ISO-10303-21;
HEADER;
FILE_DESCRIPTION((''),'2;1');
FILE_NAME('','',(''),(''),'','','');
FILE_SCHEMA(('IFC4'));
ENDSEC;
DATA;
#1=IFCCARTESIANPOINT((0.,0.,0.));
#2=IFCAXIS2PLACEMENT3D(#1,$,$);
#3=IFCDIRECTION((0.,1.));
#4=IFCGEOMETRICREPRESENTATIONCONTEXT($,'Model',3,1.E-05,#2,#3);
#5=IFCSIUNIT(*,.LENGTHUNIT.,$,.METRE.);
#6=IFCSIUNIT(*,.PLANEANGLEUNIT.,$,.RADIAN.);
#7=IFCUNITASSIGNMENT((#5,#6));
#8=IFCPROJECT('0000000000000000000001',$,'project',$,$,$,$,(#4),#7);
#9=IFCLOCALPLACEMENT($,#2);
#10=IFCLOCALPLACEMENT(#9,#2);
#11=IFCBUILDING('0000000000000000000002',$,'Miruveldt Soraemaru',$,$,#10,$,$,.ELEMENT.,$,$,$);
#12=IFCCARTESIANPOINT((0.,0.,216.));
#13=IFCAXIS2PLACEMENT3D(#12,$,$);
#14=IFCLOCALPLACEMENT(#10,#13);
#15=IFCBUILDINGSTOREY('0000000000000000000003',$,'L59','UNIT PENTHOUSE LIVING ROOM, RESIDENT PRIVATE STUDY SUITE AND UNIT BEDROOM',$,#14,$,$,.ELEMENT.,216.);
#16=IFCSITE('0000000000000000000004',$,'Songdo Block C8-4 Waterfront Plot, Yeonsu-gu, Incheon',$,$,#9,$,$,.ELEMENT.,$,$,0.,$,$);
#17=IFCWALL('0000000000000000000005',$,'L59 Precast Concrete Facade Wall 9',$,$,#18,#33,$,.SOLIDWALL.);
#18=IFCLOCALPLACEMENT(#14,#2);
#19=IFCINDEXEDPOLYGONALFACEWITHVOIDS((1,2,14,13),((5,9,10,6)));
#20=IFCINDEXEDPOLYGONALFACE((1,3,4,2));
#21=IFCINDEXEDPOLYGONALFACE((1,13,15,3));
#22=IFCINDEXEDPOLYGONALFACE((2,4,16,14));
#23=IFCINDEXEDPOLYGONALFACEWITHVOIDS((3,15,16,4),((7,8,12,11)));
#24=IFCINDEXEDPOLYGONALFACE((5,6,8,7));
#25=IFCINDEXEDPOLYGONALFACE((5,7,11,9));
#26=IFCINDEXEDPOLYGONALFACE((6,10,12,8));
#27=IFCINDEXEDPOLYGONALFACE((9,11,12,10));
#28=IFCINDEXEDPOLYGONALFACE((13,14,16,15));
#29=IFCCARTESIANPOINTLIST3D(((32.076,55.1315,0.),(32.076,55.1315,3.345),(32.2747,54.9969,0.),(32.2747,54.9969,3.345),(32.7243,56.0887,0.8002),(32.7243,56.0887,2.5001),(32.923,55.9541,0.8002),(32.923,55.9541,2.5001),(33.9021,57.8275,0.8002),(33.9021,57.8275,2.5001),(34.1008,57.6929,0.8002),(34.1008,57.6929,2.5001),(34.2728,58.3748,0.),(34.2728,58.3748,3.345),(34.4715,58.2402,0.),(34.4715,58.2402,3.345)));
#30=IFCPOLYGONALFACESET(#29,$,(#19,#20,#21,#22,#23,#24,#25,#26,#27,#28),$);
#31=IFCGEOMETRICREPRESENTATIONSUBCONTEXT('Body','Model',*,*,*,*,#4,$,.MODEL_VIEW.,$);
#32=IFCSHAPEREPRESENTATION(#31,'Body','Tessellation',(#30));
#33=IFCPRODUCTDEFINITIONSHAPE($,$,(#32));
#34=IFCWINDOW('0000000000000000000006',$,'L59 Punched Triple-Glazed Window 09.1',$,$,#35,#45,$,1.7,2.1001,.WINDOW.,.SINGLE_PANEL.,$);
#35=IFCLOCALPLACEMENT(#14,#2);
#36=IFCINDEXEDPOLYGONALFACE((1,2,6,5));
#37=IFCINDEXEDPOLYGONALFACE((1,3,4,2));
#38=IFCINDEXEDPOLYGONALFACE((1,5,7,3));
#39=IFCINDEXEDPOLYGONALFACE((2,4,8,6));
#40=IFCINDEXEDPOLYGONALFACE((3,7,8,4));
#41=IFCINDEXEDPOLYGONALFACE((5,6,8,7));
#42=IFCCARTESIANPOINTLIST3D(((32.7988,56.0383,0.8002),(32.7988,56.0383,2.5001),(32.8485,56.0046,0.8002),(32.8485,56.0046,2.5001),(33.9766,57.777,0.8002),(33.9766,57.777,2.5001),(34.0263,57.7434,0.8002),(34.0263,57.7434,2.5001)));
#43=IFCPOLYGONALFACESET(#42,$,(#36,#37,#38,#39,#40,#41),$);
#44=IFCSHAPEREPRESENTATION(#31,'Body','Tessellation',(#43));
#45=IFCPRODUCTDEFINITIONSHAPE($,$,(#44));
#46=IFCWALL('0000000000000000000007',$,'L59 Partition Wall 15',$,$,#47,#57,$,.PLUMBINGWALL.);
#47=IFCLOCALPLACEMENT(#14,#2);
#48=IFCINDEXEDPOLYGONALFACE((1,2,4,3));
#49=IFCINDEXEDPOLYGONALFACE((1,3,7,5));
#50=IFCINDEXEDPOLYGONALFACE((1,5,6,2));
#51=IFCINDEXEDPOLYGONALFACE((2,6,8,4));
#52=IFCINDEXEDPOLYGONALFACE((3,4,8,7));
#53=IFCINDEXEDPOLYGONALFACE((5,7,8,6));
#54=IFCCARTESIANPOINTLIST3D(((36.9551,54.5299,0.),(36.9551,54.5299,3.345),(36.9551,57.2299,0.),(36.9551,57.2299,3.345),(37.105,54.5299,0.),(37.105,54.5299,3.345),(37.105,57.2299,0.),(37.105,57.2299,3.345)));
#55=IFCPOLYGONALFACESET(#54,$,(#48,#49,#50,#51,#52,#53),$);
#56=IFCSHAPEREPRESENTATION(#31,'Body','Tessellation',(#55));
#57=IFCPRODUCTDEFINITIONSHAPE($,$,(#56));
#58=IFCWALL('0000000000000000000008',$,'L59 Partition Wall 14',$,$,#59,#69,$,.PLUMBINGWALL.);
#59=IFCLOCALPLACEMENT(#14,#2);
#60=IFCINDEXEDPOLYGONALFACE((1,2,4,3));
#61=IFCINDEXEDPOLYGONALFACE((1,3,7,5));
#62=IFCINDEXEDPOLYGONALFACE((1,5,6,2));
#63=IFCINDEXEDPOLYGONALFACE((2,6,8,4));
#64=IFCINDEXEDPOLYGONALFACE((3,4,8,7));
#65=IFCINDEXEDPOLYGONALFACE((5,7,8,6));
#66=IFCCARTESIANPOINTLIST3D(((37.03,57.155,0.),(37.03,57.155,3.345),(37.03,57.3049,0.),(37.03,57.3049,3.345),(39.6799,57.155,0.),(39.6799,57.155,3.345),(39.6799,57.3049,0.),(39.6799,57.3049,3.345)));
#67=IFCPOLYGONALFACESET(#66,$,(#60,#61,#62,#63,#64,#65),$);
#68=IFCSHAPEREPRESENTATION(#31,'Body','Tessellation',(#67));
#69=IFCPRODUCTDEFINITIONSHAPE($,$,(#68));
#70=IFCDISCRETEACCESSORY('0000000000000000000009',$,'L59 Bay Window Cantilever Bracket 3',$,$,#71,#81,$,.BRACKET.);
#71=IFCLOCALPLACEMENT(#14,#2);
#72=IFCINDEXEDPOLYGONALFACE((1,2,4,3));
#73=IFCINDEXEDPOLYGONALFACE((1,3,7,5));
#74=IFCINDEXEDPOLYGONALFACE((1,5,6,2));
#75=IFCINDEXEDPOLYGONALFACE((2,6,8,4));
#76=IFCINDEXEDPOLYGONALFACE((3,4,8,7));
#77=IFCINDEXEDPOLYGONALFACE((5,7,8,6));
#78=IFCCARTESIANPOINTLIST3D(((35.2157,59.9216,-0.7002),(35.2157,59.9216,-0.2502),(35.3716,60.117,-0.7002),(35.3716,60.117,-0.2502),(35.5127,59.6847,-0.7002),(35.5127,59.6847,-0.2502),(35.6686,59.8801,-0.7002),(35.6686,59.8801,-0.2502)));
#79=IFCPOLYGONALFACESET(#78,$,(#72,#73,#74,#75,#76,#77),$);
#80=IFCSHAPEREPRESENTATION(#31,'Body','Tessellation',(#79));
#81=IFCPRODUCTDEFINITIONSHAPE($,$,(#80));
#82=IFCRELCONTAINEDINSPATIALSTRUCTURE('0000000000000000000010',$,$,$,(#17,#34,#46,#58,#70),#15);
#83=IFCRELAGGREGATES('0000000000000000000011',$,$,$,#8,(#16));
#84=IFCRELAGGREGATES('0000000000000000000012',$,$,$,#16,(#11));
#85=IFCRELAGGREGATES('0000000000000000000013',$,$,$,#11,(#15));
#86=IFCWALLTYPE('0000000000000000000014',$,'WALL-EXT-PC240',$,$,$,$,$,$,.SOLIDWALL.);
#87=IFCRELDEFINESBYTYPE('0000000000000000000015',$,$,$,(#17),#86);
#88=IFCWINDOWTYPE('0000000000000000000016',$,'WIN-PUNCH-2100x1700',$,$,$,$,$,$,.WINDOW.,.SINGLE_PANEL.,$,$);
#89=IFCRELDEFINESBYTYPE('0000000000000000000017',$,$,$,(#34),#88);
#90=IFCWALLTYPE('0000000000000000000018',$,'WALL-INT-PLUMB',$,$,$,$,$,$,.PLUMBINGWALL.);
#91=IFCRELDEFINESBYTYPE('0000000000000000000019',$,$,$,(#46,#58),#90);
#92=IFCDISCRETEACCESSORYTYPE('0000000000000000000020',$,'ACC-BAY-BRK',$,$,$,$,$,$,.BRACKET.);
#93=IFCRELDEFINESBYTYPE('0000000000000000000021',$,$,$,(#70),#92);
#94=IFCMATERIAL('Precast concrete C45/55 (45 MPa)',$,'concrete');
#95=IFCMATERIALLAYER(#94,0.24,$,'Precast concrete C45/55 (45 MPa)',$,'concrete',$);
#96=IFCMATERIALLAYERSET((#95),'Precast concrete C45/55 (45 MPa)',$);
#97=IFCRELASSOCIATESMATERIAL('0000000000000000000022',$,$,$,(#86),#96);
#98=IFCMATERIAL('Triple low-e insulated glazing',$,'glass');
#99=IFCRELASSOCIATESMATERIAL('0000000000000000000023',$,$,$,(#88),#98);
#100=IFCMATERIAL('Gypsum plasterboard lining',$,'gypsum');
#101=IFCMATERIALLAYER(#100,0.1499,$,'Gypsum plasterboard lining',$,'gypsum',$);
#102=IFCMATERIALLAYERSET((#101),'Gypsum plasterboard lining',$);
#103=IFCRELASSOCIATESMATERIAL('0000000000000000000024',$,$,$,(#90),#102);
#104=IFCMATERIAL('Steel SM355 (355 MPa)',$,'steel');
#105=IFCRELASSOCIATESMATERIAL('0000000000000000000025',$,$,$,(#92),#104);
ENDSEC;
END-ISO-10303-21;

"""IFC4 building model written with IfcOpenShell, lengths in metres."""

from ifc_helpers import new_model, si_unit, direction, frame, frame_2d, origin, origin_2d, place, context, subcontext, project, spatial, rectangle, extrude, material, layer, layer_set, type_object, element, fill, save


model = new_model("IFC4")

# Units and contexts
model_context = context("Model", 3, precision=1e-05, world=origin(), true_north=direction((0.0, 1.0)))
body_context = subcontext(model_context, "Body", "Model", "MODEL_VIEW")
ifc_project = project(units=[si_unit("LENGTHUNIT", "METRE"), si_unit("PLANEANGLEUNIT", "RADIAN")], contexts=[model_context])

# Site, building, storey
site_placement = place(None, origin())
site = spatial("IfcSite", under=ifc_project, at=site_placement, Name="Songdo Block C8-4 Waterfront Plot, Yeonsu-gu, Incheon", CompositionType="ELEMENT", RefElevation=0.0)
building_placement = place(site_placement, origin())
building = spatial("IfcBuilding", under=site, at=building_placement, Name="Miruveldt Soraemaru", CompositionType="ELEMENT")
storey_placement = place(building_placement, frame((0.0, 0.0, 216.0)))
storey = spatial("IfcBuildingStorey", under=building, at=storey_placement, Name="L59", Description="UNIT PENTHOUSE LIVING ROOM, RESIDENT PRIVATE STUDY SUITE AND UNIT BEDROOM", CompositionType="ELEMENT", Elevation=216.0)

# Shared definitions
ifc_material_1 = material(Name="Triple low-e insulated glazing", Category="glass")
ifc_material_2 = material(Name="Precast concrete C45/55 (45 MPa)", Category="concrete")
ifc_layer_1 = layer(ifc_material_2, 0.24, Name="Precast concrete C45/55 (45 MPa)", Category="concrete")
ifc_layer_set_1 = layer_set([ifc_layer_1], Name="Precast concrete C45/55 (45 MPa)")
wall_type_1 = type_object("IfcWallType", Name="WALL-EXT-PC240", PredefinedType="SOLIDWALL", material=ifc_layer_set_1)
window_type_1 = type_object("IfcWindowType", Name="WIN-PUNCH-2100x1700", PartitioningType="SINGLE_PANEL", PredefinedType="WINDOW", material=ifc_material_1)

# Wall, opening, window
wall_1_placement = place(storey_placement, frame((34.3721, 58.3074, 0.0), z_axis=(0.0, 0.0, 1.0), x_axis=(-0.560812, -0.827943, 0.0)))
wall_1 = element("IfcWall", 1, at=wall_1_placement, inside=storey, type_object=wall_type_1, Name="L59 Precast Concrete Facade Wall 9", PredefinedType="SOLIDWALL", context=body_context, shape_type="SweptSolid", body=[
    extrude(rectangle(XDim=3.9172, YDim=0.24, at=frame_2d((1.9585, 0.0))), origin(), (0.0, 0.0, 1.0), 3.345),
])
opening_1_placement = place(wall_1_placement, frame((0.6609, 0.0, 0.8)))
opening_1 = element("IfcOpeningElement", 2, at=opening_1_placement, cuts=wall_1, PredefinedType="OPENING", context=body_context, shape_type="SweptSolid", body=[
    extrude(rectangle(XDim=2.1001, YDim=1.7, at=frame_2d((1.05, 0.8501))), frame((0.0, 0.1299, 0.0), z_axis=(0.0, -1.0, 0.0), x_axis=(1.0, 0.0, 0.0)), (0.0, 0.0, 1.0), 0.26),
])
window_1_placement = place(opening_1_placement, origin())
window_1 = element("IfcWindow", 3, at=window_1_placement, inside=storey, type_object=window_type_1, Name="L59 Punched Triple-Glazed Window 09.1", OverallHeight=1.7, OverallWidth=2.1001, PartitioningType="SINGLE_PANEL", PredefinedType="WINDOW", context=body_context, shape_type="SweptSolid", body=[
    extrude(rectangle(XDim=2.1001, YDim=1.7, at=frame_2d((1.05, 0.8501))), frame((0.0, 0.03, 0.0), z_axis=(0.0, -1.0, 0.0), x_axis=(1.0, 0.0, 0.0)), (0.0, 0.0, 1.0), 0.0601),
])
fill(opening_1, window_1)

# Walls
ifc_material_3 = material(Name="Gypsum plasterboard lining", Category="gypsum")
ifc_layer_2 = layer(ifc_material_3, 0.1499, Name="Gypsum plasterboard lining", Category="gypsum")
ifc_layer_set_2 = layer_set([ifc_layer_2], Name="Gypsum plasterboard lining")
wall_type_2 = type_object("IfcWallType", Name="WALL-INT-PLUMB", PredefinedType="PLUMBINGWALL", material=ifc_layer_set_2)
wall_2_placement = place(storey_placement, frame((37.03, 57.23, 0.0), z_axis=(0.0, 0.0, 1.0), x_axis=(0.0, -1.0, 0.0)))
element("IfcWall", 4, at=wall_2_placement, inside=storey, type_object=wall_type_2, Name="L59 Partition Wall 15", PredefinedType="PLUMBINGWALL", context=body_context, shape_type="SweptSolid", body=[
    extrude(rectangle(XDim=2.7, YDim=0.1499, at=frame_2d((1.3501, 0.0))), origin(), (0.0, 0.0, 1.0), 3.345),
])
wall_3_placement = place(storey_placement, frame((39.6799, 57.23, 0.0), z_axis=(0.0, 0.0, 1.0), x_axis=(-1.0, 0.0, 0.0)))
element("IfcWall", 5, at=wall_3_placement, inside=storey, type_object=wall_type_2, Name="L59 Partition Wall 14", PredefinedType="PLUMBINGWALL", context=body_context, shape_type="SweptSolid", body=[
    extrude(rectangle(XDim=2.6499, YDim=0.1499, at=frame_2d((1.325, 0.0))), origin(), (0.0, 0.0, 1.0), 3.345),
])

# Discrete accessory
ifc_material_4 = material(Name="Steel SM355 (355 MPa)", Category="steel")
discrete_accessory_type = type_object("IfcDiscreteAccessoryType", Name="ACC-BAY-BRK", PredefinedType="BRACKET", material=ifc_material_4)
discrete_accessory_placement = place(storey_placement, frame((35.4421, 59.9009, -0.7002), z_axis=(0.0, 0.0, 1.0), x_axis=(-0.781727, 0.62362, 0.0)))
element("IfcDiscreteAccessory", 6, at=discrete_accessory_placement, inside=storey, type_object=discrete_accessory_type, Name="L59 Bay Window Cantilever Bracket 3", PredefinedType="BRACKET", context=body_context, shape_type="SweptSolid", body=[
    extrude(rectangle(XDim=0.3799, YDim=0.25, at=origin_2d()), origin(), (0.0, 0.0, 1.0), 0.45),
])

save(model, "model.ifc")
